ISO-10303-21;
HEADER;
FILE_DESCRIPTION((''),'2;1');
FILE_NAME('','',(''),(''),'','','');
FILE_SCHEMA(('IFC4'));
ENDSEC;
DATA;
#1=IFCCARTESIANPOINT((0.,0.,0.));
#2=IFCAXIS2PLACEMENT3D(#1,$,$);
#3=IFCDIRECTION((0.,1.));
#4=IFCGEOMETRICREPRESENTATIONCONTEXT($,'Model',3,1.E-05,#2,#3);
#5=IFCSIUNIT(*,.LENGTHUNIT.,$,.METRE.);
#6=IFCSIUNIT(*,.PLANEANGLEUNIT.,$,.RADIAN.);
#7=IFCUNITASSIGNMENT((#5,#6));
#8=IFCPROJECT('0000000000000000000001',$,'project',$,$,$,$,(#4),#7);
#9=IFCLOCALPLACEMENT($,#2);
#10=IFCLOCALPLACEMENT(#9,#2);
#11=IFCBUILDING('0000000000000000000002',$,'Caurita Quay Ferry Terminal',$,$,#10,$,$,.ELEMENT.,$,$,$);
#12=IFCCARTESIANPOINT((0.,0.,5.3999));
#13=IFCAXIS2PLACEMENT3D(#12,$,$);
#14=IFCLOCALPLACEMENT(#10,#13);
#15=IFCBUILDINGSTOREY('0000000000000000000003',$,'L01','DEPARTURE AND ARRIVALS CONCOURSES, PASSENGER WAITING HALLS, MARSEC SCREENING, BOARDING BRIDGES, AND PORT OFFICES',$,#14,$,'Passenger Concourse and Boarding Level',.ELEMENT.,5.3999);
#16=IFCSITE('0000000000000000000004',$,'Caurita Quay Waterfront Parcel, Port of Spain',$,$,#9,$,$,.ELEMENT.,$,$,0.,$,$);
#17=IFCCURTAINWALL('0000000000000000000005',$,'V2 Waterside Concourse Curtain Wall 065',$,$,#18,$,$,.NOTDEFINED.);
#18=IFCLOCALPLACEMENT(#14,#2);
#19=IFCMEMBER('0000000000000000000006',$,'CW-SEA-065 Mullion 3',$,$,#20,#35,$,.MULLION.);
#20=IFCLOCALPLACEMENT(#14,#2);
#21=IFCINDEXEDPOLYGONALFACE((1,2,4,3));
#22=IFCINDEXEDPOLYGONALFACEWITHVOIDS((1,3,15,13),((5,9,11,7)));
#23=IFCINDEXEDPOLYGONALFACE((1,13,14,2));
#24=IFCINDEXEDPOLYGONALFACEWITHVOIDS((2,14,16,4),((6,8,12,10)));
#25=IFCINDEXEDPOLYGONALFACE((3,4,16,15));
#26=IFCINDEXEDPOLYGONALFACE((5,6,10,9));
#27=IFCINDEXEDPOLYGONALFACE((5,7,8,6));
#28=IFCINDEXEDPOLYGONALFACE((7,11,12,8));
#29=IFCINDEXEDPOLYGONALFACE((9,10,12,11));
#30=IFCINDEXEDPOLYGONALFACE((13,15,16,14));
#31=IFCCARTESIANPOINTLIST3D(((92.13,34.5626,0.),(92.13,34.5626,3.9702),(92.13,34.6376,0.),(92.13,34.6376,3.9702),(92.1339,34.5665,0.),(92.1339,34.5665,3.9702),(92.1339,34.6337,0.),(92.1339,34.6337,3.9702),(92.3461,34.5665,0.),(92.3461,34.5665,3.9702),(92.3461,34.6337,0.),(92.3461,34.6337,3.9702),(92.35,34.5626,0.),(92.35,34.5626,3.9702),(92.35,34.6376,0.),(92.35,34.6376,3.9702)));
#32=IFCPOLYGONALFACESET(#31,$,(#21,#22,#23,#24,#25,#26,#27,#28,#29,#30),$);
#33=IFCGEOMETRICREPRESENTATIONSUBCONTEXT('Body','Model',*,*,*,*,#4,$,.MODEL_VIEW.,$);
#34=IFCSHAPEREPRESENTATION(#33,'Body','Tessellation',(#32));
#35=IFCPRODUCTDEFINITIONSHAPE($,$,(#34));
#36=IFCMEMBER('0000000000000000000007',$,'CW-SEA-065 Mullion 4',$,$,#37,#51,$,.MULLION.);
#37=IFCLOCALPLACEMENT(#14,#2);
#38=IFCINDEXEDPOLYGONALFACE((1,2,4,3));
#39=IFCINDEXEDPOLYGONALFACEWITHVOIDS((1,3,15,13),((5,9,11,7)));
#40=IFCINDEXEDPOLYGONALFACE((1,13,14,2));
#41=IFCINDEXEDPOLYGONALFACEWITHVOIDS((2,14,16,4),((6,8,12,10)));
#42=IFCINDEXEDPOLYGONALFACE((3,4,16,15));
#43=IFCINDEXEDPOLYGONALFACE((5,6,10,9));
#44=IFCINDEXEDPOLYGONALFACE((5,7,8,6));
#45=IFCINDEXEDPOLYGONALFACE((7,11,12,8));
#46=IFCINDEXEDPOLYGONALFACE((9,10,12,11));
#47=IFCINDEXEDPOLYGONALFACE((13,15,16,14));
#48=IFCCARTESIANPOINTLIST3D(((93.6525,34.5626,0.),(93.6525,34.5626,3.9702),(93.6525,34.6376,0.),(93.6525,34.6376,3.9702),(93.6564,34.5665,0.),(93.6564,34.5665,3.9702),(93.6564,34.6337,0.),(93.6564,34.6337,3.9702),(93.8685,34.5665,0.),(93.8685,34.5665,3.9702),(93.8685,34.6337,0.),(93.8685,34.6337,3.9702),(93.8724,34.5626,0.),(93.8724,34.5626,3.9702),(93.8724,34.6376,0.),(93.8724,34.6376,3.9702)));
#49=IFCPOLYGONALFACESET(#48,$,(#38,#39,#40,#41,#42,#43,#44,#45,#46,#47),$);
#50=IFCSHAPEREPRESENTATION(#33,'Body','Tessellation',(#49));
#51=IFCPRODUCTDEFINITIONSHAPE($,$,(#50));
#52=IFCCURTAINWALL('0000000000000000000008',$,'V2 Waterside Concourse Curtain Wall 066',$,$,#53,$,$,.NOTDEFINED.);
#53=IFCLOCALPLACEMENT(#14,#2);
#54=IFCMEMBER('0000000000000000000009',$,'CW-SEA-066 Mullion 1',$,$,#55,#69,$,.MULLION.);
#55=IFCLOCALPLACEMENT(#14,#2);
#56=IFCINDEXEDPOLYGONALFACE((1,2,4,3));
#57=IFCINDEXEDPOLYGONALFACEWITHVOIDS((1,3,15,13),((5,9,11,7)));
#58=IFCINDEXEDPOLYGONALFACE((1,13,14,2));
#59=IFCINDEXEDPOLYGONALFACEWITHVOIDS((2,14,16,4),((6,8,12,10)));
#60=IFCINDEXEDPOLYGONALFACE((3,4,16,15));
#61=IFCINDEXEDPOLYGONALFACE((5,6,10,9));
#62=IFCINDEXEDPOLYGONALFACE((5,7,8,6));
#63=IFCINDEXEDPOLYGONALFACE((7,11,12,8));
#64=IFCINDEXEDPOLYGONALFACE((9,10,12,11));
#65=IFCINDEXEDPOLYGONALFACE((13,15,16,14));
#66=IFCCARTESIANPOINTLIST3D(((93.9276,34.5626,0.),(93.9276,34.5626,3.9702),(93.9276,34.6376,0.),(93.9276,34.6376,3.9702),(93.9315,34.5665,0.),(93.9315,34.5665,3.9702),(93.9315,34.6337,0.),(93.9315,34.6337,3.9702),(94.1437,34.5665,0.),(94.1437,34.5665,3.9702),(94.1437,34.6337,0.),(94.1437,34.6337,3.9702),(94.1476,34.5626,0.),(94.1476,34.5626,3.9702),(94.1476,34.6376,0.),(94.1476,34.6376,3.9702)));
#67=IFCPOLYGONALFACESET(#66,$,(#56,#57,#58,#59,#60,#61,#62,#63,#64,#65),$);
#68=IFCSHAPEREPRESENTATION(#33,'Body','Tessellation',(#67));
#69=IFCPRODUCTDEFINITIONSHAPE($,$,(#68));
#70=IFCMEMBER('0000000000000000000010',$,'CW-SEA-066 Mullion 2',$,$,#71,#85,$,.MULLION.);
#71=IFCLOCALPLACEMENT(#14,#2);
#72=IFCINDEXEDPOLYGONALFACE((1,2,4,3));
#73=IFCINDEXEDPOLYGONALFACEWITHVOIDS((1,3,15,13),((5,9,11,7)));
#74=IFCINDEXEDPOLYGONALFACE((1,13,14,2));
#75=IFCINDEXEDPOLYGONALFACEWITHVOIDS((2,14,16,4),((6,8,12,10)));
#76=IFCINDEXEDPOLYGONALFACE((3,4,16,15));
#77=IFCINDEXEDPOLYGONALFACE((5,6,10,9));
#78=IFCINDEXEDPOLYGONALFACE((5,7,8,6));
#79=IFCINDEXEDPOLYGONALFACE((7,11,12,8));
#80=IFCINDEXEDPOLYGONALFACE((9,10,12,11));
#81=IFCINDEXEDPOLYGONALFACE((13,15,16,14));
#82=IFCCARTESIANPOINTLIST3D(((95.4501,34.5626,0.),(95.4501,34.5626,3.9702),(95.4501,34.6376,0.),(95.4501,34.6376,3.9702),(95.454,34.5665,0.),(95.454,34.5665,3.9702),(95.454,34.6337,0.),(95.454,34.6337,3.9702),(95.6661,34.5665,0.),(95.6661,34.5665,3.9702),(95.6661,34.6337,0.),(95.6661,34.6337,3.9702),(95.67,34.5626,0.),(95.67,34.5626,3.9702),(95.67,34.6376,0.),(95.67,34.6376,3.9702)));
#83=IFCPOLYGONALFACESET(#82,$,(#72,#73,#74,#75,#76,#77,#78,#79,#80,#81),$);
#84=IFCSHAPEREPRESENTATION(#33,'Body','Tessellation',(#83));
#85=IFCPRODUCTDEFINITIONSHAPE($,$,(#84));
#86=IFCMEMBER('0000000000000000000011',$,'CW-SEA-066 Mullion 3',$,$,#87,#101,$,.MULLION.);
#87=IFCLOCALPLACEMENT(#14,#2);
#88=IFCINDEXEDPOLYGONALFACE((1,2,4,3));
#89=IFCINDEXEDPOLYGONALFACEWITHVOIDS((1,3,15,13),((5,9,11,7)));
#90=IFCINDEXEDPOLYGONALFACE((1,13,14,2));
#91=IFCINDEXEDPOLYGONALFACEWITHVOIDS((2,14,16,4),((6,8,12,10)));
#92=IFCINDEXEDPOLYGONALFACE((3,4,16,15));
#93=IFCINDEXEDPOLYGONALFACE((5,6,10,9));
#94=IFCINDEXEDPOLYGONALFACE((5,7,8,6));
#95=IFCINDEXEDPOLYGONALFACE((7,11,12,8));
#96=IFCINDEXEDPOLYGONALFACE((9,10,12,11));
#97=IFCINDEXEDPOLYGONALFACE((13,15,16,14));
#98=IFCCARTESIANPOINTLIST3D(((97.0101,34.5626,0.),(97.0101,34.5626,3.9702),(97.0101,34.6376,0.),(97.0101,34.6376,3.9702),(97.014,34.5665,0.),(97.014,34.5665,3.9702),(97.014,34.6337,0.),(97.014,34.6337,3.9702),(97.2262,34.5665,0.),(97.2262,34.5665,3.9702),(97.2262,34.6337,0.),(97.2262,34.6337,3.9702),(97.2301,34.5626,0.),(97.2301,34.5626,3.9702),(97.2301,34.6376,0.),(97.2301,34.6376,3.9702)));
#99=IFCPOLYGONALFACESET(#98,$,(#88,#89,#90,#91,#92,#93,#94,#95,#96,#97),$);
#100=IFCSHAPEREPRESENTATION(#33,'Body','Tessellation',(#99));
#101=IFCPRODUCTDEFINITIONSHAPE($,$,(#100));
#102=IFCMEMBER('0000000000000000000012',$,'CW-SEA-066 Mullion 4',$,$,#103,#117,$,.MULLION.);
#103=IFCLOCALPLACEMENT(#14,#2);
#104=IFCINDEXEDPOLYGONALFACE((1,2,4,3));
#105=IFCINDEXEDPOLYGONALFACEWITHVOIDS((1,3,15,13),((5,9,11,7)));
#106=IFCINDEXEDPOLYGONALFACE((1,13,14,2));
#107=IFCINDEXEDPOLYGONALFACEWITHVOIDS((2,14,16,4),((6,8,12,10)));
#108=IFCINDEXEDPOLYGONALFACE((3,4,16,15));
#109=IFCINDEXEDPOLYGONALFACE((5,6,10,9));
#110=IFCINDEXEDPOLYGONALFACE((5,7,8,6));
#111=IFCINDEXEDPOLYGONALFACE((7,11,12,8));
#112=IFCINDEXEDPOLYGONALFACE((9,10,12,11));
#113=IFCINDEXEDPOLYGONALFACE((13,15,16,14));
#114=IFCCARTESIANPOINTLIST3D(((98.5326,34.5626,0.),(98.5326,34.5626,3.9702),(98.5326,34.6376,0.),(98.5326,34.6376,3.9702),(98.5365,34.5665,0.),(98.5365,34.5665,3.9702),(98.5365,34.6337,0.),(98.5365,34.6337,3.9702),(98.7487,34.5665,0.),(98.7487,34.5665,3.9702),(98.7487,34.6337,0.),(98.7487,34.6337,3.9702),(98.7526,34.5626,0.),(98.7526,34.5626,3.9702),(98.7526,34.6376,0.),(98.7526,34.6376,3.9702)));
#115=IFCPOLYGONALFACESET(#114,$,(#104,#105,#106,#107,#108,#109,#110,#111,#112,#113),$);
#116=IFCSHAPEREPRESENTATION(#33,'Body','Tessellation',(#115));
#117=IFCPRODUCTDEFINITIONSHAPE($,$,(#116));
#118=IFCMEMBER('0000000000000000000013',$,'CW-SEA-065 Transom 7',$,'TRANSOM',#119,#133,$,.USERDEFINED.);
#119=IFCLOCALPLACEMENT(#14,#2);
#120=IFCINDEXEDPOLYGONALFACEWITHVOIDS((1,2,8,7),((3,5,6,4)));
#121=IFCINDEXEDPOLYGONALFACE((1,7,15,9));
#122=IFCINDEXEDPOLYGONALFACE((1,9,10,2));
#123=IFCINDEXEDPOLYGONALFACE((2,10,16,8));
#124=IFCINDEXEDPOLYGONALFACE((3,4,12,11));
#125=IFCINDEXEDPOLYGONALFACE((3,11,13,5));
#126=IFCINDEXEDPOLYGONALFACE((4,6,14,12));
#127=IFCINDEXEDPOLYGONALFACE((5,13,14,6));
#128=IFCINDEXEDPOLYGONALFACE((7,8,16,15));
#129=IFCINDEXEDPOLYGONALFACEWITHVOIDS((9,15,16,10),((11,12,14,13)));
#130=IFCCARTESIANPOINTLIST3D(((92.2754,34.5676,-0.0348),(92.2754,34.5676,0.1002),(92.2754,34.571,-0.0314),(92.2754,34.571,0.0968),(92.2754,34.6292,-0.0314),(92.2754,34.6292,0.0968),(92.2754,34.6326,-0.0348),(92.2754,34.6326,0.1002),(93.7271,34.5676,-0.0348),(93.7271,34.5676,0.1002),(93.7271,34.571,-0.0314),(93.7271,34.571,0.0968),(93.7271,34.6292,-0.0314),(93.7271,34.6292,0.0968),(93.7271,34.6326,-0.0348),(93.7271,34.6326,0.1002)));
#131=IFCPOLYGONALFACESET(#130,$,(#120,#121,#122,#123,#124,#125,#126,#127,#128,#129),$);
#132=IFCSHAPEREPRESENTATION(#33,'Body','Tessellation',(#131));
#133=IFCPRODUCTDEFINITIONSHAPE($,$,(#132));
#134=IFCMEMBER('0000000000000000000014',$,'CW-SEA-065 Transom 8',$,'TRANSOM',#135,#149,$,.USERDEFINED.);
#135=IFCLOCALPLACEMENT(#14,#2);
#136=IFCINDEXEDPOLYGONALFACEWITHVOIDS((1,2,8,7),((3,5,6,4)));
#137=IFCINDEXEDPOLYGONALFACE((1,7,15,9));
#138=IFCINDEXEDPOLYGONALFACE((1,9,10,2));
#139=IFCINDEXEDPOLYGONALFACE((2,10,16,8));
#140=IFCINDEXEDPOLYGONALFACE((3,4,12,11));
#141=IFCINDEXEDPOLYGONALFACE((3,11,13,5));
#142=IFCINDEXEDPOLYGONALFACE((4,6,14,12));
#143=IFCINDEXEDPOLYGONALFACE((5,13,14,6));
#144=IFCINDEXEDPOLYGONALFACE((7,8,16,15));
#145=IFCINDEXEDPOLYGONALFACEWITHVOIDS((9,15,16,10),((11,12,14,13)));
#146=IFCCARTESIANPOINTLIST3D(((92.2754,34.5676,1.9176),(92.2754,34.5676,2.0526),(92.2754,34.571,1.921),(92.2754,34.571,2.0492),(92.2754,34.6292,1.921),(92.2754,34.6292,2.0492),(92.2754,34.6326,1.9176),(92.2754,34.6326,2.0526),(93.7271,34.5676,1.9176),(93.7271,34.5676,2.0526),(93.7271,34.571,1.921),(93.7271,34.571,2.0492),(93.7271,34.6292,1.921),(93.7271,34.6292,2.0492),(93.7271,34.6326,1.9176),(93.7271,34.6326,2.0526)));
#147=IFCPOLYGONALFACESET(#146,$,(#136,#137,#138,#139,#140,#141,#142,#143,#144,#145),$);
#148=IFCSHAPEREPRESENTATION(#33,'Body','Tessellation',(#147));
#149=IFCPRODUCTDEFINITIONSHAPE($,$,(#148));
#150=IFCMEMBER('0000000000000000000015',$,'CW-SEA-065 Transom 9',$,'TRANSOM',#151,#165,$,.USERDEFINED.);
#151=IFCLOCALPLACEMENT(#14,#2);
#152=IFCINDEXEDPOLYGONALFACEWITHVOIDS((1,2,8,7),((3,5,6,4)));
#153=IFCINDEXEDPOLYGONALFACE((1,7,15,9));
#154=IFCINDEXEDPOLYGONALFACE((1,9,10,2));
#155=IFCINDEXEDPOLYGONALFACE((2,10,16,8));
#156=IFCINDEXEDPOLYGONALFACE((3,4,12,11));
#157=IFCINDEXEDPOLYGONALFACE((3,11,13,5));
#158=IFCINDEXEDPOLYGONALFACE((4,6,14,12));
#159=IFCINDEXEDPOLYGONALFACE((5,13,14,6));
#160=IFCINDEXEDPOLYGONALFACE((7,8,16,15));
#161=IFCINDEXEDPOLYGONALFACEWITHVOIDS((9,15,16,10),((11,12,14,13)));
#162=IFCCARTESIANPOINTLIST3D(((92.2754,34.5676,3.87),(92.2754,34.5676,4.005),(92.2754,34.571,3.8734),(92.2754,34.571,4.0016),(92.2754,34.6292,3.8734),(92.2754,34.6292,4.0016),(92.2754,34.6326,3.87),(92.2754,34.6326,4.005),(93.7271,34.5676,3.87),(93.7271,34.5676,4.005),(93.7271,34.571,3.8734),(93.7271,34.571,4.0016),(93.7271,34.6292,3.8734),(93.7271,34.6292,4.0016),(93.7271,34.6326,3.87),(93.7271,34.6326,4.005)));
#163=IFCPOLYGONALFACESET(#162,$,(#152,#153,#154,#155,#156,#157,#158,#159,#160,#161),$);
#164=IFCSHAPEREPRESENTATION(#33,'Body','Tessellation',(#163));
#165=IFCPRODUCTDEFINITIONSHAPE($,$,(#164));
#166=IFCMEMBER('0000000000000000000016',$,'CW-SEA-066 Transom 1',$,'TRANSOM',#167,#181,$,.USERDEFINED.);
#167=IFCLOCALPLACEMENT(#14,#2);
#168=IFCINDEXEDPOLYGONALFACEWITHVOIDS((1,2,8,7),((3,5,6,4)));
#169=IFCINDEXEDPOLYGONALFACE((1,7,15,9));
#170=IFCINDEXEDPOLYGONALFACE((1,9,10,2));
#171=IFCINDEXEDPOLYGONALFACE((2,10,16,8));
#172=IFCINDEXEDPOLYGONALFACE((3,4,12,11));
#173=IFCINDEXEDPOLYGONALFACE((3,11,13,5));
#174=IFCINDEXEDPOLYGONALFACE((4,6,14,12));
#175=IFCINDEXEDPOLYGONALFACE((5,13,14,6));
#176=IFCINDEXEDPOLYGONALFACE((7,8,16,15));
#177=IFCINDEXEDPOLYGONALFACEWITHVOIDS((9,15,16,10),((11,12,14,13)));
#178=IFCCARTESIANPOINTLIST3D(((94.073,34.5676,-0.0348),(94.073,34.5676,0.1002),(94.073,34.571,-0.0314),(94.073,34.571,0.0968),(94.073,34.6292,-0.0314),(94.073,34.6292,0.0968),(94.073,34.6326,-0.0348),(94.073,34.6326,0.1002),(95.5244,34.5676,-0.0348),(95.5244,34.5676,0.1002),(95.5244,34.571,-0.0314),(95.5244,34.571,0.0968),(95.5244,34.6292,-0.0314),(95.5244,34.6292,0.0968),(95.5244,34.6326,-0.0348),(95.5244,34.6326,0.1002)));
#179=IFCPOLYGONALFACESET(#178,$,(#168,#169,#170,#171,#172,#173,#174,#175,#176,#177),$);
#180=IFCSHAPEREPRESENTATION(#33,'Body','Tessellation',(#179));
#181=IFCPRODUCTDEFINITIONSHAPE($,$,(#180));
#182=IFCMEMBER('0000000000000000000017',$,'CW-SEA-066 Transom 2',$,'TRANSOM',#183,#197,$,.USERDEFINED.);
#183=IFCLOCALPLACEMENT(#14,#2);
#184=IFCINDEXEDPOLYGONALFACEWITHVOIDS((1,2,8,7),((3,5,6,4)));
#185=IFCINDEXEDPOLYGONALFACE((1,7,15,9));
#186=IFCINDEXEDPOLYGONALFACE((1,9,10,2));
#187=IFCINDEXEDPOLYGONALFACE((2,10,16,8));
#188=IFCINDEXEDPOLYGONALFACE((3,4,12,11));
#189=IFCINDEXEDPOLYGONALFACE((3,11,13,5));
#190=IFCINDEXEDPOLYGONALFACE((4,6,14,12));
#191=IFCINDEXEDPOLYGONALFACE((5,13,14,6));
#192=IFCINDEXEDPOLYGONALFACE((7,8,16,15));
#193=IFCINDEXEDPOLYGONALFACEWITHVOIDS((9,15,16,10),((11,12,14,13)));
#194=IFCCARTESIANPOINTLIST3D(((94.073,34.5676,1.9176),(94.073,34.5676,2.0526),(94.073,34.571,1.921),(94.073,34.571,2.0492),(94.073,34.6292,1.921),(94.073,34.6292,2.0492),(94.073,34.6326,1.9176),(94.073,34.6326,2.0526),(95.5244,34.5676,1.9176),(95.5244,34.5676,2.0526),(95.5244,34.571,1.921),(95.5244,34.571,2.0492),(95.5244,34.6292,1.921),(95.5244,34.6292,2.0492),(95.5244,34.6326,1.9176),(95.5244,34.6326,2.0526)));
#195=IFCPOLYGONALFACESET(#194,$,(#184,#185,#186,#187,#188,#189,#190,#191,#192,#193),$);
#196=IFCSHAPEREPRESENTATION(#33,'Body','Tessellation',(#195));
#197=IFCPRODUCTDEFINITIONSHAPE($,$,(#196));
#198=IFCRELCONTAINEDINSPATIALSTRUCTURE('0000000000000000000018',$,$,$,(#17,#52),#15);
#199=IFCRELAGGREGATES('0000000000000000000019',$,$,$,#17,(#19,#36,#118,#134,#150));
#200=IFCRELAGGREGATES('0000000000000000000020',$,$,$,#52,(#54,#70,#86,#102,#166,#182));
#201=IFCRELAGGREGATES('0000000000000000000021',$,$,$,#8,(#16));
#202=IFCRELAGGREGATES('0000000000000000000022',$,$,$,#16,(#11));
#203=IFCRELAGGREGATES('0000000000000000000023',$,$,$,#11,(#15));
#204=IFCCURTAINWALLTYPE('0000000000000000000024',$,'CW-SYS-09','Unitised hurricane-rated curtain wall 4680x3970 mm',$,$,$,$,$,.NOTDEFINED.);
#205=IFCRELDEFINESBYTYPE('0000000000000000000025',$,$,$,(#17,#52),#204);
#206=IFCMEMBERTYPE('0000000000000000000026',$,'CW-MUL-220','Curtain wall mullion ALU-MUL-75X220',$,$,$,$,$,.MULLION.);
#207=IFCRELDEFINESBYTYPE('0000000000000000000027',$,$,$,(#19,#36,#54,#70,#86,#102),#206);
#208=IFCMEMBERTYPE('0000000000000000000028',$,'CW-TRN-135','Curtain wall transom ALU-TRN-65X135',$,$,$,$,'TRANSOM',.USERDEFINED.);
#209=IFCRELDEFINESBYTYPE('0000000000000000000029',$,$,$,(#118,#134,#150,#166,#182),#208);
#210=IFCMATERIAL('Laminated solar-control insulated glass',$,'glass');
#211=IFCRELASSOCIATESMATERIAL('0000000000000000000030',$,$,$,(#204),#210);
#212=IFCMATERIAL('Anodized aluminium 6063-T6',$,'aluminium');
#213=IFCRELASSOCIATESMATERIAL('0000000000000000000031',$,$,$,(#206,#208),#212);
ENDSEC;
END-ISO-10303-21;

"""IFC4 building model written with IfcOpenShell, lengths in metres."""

from ifc_helpers import new_model, si_unit, direction, frame, origin, origin_2d, place, context, subcontext, project, spatial, hollow_rectangle, extrude, material, material_profile, profile_set, type_object, element, aggregate, save


model = new_model("IFC4")

# Units and contexts
model_context = context("Model", 3, precision=1e-05, world=origin(), true_north=direction((0.0, 1.0)))
body_context = subcontext(model_context, "Body", "Model", "MODEL_VIEW")
ifc_project = project(units=[si_unit("LENGTHUNIT", "METRE"), si_unit("PLANEANGLEUNIT", "RADIAN")], contexts=[model_context])

# Site, building, storey
site_placement = place(None, origin())
site = spatial("IfcSite", under=ifc_project, at=site_placement, Name="Caurita Quay Waterfront Parcel, Port of Spain", CompositionType="ELEMENT", RefElevation=0.0)
building_placement = place(site_placement, origin())
building = spatial("IfcBuilding", under=site, at=building_placement, Name="Caurita Quay Ferry Terminal", CompositionType="ELEMENT")
storey_placement = place(building_placement, frame((0.0, 0.0, 5.3999)))
storey = spatial("IfcBuildingStorey", under=building, at=storey_placement, Name="L01", Description="DEPARTURE AND ARRIVALS CONCOURSES, PASSENGER WAITING HALLS, MARSEC SCREENING, BOARDING BRIDGES, AND PORT OFFICES", LongName="Passenger Concourse and Boarding Level", CompositionType="ELEMENT", Elevation=5.3999)

# Curtain walls, members
ifc_material_1 = material(Name="Laminated solar-control insulated glass", Category="glass")
curtain_wall_type = type_object("IfcCurtainWallType", Name="CW-SYS-09", Description="Unitised hurricane-rated curtain wall 4680x3970 mm", PredefinedType="NOTDEFINED", material=ifc_material_1)
curtain_wall_1_placement = place(storey_placement, origin())
curtain_wall_1 = element("IfcCurtainWall", 1, at=curtain_wall_1_placement, inside=storey, type_object=curtain_wall_type, Name="V2 Waterside Concourse Curtain Wall 065", PredefinedType="NOTDEFINED")
ifc_material_2 = material(Name="Anodized aluminium 6063-T6", Category="aluminium")
ifc_material_profile_1 = material_profile(ifc_material_2, hollow_rectangle(XDim=0.075, YDim=0.22, WallThickness=0.0039, at=origin_2d()), Name="ALU-MUL-75X220")
ifc_profile_set_1 = profile_set([ifc_material_profile_1], Name="Anodized aluminium 6063-T6")
member_type_1 = type_object("IfcMemberType", Name="CW-MUL-220", Description="Curtain wall mullion ALU-MUL-75X220", PredefinedType="MULLION", material=ifc_profile_set_1)
member_1_placement = place(storey_placement, frame((92.24, 34.6001, 0.0), z_axis=(0.0, 0.0, 1.0), x_axis=(0.0, 1.0, 0.0)))
member_1 = element("IfcMember", 2, at=member_1_placement, type_object=member_type_1, Name="CW-SEA-065 Mullion 3", PredefinedType="MULLION", context=body_context, shape_type="SweptSolid", body=[
    extrude(hollow_rectangle(XDim=0.075, YDim=0.22, WallThickness=0.0039, at=origin_2d()), origin(), (0.0, 0.0, 1.0), 3.9702),
])
member_2_placement = place(storey_placement, frame((93.7625, 34.6001, 0.0), z_axis=(0.0, 0.0, 1.0), x_axis=(0.0, 1.0, 0.0)))
member_2 = element("IfcMember", 3, at=member_2_placement, type_object=member_type_1, Name="CW-SEA-065 Mullion 4", PredefinedType="MULLION", context=body_context, shape_type="SweptSolid", body=[
    extrude(hollow_rectangle(XDim=0.075, YDim=0.22, WallThickness=0.0039, at=origin_2d()), origin(), (0.0, 0.0, 1.0), 3.9702),
])
curtain_wall_2_placement = place(storey_placement, origin())
curtain_wall_2 = element("IfcCurtainWall", 4, at=curtain_wall_2_placement, inside=storey, type_object=curtain_wall_type, Name="V2 Waterside Concourse Curtain Wall 066", PredefinedType="NOTDEFINED")
member_3_placement = place(storey_placement, frame((94.0376, 34.6001, 0.0), z_axis=(0.0, 0.0, 1.0), x_axis=(0.0, 1.0, 0.0)))
member_3 = element("IfcMember", 5, at=member_3_placement, type_object=member_type_1, Name="CW-SEA-066 Mullion 1", PredefinedType="MULLION", context=body_context, shape_type="SweptSolid", body=[
    extrude(hollow_rectangle(XDim=0.075, YDim=0.22, WallThickness=0.0039, at=origin_2d()), origin(), (0.0, 0.0, 1.0), 3.9702),
])
member_4_placement = place(storey_placement, frame((95.5601, 34.6001, 0.0), z_axis=(0.0, 0.0, 1.0), x_axis=(0.0, 1.0, 0.0)))
member_4 = element("IfcMember", 6, at=member_4_placement, type_object=member_type_1, Name="CW-SEA-066 Mullion 2", PredefinedType="MULLION", context=body_context, shape_type="SweptSolid", body=[
    extrude(hollow_rectangle(XDim=0.075, YDim=0.22, WallThickness=0.0039, at=origin_2d()), origin(), (0.0, 0.0, 1.0), 3.9702),
])
member_5_placement = place(storey_placement, frame((97.1201, 34.6001, 0.0), z_axis=(0.0, 0.0, 1.0), x_axis=(0.0, 1.0, 0.0)))
member_5 = element("IfcMember", 7, at=member_5_placement, type_object=member_type_1, Name="CW-SEA-066 Mullion 3", PredefinedType="MULLION", context=body_context, shape_type="SweptSolid", body=[
    extrude(hollow_rectangle(XDim=0.075, YDim=0.22, WallThickness=0.0039, at=origin_2d()), origin(), (0.0, 0.0, 1.0), 3.9702),
])
member_6_placement = place(storey_placement, frame((98.6426, 34.6001, 0.0), z_axis=(0.0, 0.0, 1.0), x_axis=(0.0, 1.0, 0.0)))
member_6 = element("IfcMember", 8, at=member_6_placement, type_object=member_type_1, Name="CW-SEA-066 Mullion 4", PredefinedType="MULLION", context=body_context, shape_type="SweptSolid", body=[
    extrude(hollow_rectangle(XDim=0.075, YDim=0.22, WallThickness=0.0039, at=origin_2d()), origin(), (0.0, 0.0, 1.0), 3.9702),
])

# Members
ifc_material_profile_2 = material_profile(ifc_material_2, hollow_rectangle(XDim=0.0649, YDim=0.135, WallThickness=0.0034, at=origin_2d()), Name="ALU-TRN-65X135")
ifc_profile_set_2 = profile_set([ifc_material_profile_2], Name="Anodized aluminium 6063-T6")
member_type_2 = type_object("IfcMemberType", Name="CW-TRN-135", Description="Curtain wall transom ALU-TRN-65X135", ElementType="TRANSOM", PredefinedType="USERDEFINED", material=ifc_profile_set_2)
member_7_placement = place(storey_placement, frame((92.2754, 34.6001, 0.0327), z_axis=(1.0, 0.0, 0.0), x_axis=(0.0, 1.0, 0.0)))
member_7 = element("IfcMember", 9, at=member_7_placement, type_object=member_type_2, Name="CW-SEA-065 Transom 7", ObjectType="TRANSOM", PredefinedType="USERDEFINED", context=body_context, shape_type="SweptSolid", body=[
    extrude(hollow_rectangle(XDim=0.0649, YDim=0.135, WallThickness=0.0034, at=origin_2d()), origin(), (0.0, 0.0, 1.0), 1.4517),
])
member_8_placement = place(storey_placement, frame((92.2754, 34.6001, 1.9851), z_axis=(1.0, 0.0, 0.0), x_axis=(0.0, 1.0, 0.0)))
member_8 = element("IfcMember", 10, at=member_8_placement, type_object=member_type_2, Name="CW-SEA-065 Transom 8", ObjectType="TRANSOM", PredefinedType="USERDEFINED", context=body_context, shape_type="SweptSolid", body=[
    extrude(hollow_rectangle(XDim=0.0649, YDim=0.135, WallThickness=0.0034, at=origin_2d()), origin(), (0.0, 0.0, 1.0), 1.4517),
])
member_9_placement = place(storey_placement, frame((92.2754, 34.6001, 3.9375), z_axis=(1.0, 0.0, 0.0), x_axis=(0.0, 1.0, 0.0)))
member_9 = element("IfcMember", 11, at=member_9_placement, type_object=member_type_2, Name="CW-SEA-065 Transom 9", ObjectType="TRANSOM", PredefinedType="USERDEFINED", context=body_context, shape_type="SweptSolid", body=[
    extrude(hollow_rectangle(XDim=0.0649, YDim=0.135, WallThickness=0.0034, at=origin_2d()), origin(), (0.0, 0.0, 1.0), 1.4517),
])
member_10_placement = place(storey_placement, frame((94.073, 34.6001, 0.0327), z_axis=(1.0, 0.0, 0.0), x_axis=(0.0, 1.0, 0.0)))
member_10 = element("IfcMember", 12, at=member_10_placement, type_object=member_type_2, Name="CW-SEA-066 Transom 1", ObjectType="TRANSOM", PredefinedType="USERDEFINED", context=body_context, shape_type="SweptSolid", body=[
    extrude(hollow_rectangle(XDim=0.0649, YDim=0.135, WallThickness=0.0034, at=origin_2d()), origin(), (0.0, 0.0, 1.0), 1.4514),
])
member_11_placement = place(storey_placement, frame((94.073, 34.6001, 1.9851), z_axis=(1.0, 0.0, 0.0), x_axis=(0.0, 1.0, 0.0)))
member_11 = element("IfcMember", 13, at=member_11_placement, type_object=member_type_2, Name="CW-SEA-066 Transom 2", ObjectType="TRANSOM", PredefinedType="USERDEFINED", context=body_context, shape_type="SweptSolid", body=[
    extrude(hollow_rectangle(XDim=0.0649, YDim=0.135, WallThickness=0.0034, at=origin_2d()), origin(), (0.0, 0.0, 1.0), 1.4514),
])

aggregate(curtain_wall_1, [member_1, member_2, member_7, member_8, member_9])
aggregate(curtain_wall_2, [member_3, member_4, member_5, member_6, member_10, member_11])

save(model, "model.ifc")
